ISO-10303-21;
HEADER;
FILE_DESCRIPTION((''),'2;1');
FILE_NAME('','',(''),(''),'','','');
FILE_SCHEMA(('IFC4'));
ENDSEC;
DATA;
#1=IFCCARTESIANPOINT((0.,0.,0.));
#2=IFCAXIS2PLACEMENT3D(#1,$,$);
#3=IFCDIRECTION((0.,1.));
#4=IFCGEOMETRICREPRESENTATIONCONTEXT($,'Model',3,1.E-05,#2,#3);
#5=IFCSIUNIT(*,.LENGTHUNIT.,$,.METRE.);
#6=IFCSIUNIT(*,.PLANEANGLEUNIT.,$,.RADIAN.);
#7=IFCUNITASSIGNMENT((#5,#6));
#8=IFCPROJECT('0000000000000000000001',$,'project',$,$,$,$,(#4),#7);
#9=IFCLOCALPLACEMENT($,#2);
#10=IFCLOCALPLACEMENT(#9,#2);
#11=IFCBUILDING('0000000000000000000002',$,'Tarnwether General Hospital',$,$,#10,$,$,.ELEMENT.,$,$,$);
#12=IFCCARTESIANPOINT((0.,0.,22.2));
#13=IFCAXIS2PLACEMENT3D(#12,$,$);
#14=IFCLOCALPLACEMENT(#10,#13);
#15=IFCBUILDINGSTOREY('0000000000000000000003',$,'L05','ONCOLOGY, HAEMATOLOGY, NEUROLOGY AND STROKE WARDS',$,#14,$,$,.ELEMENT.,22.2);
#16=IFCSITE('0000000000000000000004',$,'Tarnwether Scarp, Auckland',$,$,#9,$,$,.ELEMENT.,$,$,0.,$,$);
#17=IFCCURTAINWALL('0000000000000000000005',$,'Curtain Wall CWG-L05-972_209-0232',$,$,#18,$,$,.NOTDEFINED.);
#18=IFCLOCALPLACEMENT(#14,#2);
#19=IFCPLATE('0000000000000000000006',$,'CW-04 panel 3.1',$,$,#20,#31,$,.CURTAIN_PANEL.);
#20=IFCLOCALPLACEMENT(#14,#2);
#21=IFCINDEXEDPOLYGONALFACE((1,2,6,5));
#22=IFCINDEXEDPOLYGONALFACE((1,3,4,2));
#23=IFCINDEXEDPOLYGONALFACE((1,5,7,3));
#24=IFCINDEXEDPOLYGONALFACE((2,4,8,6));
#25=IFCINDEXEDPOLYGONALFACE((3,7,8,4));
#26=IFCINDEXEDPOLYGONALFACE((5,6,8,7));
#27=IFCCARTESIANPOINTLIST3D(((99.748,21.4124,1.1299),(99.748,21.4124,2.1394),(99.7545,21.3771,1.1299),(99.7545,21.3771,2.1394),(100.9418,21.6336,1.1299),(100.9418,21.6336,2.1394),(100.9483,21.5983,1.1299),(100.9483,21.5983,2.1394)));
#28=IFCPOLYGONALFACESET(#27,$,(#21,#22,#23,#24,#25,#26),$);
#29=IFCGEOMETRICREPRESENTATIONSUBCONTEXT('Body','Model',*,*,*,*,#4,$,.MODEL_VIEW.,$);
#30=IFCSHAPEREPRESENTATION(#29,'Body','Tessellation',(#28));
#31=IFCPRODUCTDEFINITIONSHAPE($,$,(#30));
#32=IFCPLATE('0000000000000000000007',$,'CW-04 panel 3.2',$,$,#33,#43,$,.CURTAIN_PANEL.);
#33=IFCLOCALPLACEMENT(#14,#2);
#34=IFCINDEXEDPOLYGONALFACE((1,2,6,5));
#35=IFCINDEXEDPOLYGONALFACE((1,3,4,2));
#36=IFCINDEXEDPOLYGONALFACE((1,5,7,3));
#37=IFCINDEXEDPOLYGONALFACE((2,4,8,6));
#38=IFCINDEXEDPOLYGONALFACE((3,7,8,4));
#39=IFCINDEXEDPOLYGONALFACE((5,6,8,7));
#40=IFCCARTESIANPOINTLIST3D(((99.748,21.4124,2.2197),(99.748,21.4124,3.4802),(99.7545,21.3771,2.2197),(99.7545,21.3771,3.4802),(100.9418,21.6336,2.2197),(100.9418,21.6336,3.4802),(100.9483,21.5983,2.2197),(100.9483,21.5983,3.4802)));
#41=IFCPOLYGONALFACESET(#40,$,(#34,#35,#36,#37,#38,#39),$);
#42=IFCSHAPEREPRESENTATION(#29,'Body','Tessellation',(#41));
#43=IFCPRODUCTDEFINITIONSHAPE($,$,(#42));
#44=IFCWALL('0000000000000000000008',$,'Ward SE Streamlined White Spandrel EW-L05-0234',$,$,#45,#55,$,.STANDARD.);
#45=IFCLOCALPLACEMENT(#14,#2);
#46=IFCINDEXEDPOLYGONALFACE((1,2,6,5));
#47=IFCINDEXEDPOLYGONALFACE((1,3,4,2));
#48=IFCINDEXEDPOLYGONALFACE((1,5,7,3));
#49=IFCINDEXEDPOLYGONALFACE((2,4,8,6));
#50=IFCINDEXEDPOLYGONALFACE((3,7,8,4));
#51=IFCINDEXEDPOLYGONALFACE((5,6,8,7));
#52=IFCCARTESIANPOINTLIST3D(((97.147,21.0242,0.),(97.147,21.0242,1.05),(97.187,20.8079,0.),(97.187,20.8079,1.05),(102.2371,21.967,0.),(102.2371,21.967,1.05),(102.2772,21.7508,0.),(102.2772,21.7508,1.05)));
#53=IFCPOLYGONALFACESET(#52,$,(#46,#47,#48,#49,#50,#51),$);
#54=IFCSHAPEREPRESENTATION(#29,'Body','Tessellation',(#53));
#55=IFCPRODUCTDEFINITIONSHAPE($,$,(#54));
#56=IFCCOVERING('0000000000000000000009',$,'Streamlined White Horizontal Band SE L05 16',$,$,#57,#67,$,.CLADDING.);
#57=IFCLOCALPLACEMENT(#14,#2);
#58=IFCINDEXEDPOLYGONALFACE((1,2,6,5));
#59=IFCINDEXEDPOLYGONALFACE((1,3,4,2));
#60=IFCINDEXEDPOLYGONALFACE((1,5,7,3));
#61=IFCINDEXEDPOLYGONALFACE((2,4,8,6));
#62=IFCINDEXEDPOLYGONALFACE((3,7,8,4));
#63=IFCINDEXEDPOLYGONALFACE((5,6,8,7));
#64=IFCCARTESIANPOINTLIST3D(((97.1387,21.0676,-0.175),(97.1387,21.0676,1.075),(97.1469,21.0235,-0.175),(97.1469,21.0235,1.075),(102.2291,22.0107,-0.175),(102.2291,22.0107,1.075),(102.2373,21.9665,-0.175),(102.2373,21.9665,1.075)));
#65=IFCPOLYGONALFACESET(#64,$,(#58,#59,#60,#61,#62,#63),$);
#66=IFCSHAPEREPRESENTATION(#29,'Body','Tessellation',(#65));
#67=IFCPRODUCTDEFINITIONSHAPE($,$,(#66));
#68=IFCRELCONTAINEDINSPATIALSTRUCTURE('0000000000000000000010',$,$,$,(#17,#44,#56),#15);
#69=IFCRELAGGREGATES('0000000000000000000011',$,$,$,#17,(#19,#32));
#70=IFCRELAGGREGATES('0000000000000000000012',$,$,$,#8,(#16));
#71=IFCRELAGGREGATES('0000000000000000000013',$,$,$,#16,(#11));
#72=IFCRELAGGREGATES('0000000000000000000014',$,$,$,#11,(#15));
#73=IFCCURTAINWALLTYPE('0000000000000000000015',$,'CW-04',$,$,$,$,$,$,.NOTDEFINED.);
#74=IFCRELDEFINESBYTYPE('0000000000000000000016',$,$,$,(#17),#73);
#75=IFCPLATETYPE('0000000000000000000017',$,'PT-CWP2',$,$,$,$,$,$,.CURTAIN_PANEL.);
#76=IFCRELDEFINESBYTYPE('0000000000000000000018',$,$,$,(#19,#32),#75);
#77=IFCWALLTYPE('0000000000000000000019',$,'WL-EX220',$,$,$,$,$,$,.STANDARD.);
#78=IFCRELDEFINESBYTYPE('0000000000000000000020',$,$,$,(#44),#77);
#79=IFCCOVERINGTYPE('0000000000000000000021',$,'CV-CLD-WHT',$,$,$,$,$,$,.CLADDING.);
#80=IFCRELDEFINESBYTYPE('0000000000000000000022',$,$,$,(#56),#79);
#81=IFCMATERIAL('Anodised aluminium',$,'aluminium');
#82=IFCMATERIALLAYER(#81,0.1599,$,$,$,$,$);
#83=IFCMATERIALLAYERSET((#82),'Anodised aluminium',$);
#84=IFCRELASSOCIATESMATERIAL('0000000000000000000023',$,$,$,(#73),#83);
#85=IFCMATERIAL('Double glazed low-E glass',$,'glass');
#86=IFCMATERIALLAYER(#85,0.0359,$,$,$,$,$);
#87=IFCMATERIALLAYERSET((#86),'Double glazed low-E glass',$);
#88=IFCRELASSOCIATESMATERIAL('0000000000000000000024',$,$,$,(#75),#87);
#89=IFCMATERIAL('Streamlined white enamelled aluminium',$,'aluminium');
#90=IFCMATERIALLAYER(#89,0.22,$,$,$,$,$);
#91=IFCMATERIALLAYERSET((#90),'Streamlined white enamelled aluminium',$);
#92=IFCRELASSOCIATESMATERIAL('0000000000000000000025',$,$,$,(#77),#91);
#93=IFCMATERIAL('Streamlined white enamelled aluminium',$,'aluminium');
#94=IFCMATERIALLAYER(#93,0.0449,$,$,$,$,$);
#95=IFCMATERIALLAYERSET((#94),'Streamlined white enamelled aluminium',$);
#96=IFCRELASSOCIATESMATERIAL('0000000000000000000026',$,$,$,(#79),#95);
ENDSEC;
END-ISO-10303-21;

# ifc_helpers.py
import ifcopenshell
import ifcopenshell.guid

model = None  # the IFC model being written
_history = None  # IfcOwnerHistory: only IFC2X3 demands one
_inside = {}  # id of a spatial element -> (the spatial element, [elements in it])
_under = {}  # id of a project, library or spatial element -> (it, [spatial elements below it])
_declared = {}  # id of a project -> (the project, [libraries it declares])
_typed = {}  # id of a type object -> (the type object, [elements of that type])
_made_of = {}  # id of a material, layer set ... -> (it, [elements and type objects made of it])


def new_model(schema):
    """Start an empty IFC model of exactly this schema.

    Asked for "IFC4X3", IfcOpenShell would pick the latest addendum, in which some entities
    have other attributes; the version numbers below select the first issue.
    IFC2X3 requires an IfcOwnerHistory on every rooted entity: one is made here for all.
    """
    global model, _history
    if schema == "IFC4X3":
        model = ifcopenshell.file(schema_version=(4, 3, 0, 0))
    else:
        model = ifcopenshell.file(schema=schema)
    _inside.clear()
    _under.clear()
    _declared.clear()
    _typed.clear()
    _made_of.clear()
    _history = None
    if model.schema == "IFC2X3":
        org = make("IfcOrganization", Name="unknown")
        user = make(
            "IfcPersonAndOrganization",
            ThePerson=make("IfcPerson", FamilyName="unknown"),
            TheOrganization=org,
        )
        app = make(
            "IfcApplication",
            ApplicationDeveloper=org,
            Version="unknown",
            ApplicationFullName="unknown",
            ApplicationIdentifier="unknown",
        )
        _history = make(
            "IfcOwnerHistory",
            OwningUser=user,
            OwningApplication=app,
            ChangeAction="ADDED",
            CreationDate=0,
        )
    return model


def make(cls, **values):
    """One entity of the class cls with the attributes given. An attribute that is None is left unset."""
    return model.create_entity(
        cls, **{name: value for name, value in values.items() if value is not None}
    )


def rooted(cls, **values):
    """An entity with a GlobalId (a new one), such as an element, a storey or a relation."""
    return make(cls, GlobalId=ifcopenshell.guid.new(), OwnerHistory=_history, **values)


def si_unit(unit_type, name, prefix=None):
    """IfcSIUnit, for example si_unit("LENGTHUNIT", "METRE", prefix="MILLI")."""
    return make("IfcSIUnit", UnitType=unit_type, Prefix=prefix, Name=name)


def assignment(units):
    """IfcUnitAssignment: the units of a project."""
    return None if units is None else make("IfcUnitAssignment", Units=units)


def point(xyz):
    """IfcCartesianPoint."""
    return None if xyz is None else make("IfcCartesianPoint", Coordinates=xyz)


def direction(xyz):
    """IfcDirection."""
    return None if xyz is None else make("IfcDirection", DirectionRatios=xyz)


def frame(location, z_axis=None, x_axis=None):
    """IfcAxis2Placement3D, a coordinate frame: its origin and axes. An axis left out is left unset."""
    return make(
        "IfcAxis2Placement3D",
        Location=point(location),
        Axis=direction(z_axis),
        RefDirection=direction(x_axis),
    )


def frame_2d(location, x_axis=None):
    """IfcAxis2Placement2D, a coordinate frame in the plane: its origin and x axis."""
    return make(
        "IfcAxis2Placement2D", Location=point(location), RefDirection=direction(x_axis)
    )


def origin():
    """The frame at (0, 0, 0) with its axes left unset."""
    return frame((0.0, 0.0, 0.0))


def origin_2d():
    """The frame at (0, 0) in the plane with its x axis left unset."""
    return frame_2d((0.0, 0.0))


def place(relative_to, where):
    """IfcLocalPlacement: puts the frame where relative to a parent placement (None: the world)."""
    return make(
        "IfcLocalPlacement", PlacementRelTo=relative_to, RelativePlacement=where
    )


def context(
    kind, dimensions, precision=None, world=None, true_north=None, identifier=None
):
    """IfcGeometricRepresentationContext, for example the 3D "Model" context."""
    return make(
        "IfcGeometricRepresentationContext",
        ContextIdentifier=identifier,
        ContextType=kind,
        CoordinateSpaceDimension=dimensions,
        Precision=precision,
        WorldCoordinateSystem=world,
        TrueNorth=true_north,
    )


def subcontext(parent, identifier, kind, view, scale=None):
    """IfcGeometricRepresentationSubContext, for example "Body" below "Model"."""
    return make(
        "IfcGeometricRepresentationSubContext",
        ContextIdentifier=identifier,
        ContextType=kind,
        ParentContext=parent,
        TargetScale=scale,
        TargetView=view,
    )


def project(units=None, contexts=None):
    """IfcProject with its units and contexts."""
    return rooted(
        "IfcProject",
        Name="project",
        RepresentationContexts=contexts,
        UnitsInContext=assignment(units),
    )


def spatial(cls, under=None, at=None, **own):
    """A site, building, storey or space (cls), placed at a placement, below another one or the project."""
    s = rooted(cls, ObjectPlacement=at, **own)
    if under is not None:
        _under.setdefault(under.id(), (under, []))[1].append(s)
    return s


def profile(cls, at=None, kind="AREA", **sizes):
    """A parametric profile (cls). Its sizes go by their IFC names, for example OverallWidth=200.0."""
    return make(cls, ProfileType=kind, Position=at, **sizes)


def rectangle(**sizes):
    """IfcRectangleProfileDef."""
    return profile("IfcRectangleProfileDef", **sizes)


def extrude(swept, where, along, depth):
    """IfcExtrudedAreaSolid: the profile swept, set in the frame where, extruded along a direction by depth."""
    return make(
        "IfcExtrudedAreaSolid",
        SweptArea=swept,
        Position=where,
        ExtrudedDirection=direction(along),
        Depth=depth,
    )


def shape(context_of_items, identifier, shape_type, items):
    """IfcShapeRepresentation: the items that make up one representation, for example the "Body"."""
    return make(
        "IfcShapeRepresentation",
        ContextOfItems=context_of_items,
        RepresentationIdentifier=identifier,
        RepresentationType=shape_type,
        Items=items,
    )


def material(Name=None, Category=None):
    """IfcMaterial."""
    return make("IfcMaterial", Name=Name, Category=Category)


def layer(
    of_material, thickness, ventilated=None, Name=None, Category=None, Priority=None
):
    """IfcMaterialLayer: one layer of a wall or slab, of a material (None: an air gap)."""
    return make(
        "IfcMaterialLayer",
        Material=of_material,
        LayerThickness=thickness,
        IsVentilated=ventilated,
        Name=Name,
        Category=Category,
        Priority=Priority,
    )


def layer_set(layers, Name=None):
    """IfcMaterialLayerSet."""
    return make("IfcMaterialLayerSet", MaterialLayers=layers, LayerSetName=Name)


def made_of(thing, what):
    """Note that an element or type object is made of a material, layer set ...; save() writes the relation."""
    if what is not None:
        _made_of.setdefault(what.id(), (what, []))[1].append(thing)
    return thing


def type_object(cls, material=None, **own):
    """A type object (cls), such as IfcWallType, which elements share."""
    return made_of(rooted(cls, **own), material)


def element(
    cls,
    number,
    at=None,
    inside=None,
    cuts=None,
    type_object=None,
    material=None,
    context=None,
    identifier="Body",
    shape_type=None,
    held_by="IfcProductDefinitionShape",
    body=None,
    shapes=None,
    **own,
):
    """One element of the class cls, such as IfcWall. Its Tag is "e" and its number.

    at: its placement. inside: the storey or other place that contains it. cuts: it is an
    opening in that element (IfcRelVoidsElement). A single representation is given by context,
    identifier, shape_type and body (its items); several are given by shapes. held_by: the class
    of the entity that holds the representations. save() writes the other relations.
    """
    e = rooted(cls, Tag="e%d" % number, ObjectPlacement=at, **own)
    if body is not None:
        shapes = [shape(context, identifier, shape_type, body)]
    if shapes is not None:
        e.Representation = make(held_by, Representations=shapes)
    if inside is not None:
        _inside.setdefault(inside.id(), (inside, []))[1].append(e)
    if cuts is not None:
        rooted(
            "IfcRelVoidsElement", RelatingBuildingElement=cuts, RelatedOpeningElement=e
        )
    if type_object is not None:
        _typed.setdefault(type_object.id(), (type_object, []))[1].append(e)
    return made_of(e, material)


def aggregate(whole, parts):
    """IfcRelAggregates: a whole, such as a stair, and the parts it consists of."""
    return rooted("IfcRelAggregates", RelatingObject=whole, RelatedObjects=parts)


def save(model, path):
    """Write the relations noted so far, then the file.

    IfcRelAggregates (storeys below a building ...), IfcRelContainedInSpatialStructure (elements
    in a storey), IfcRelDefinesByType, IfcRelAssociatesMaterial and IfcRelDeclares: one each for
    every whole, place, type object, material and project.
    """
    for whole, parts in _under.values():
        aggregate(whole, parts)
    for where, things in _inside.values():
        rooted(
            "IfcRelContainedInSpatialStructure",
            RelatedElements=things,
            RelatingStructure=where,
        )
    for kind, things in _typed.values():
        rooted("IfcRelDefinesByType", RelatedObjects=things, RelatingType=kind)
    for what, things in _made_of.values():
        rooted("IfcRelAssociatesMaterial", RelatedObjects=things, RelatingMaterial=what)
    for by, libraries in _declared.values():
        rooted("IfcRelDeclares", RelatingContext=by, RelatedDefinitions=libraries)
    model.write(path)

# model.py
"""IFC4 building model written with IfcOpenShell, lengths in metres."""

from ifc_helpers import new_model, si_unit, direction, frame, frame_2d, origin, origin_2d, place, context, subcontext, project, spatial, rectangle, extrude, material, layer, layer_set, type_object, element, aggregate, save


model = new_model("IFC4")

# Units and contexts
model_context = context("Model", 3, precision=1e-05, world=origin(), true_north=direction((0.0, 1.0)))
body_context = subcontext(model_context, "Body", "Model", "MODEL_VIEW")
ifc_project = project(units=[si_unit("LENGTHUNIT", "METRE"), si_unit("PLANEANGLEUNIT", "RADIAN")], contexts=[model_context])

# Site, building, storey
site_placement = place(None, origin())
site = spatial("IfcSite", under=ifc_project, at=site_placement, Name="Tarnwether Scarp, Auckland", CompositionType="ELEMENT", RefElevation=0.0)
building_placement = place(site_placement, origin())
building = spatial("IfcBuilding", under=site, at=building_placement, Name="Tarnwether General Hospital", CompositionType="ELEMENT")
storey_placement = place(building_placement, frame((0.0, 0.0, 22.2)))
storey = spatial("IfcBuildingStorey", under=building, at=storey_placement, Name="L05", Description="ONCOLOGY, HAEMATOLOGY, NEUROLOGY AND STROKE WARDS", CompositionType="ELEMENT", Elevation=22.2)

# Curtain wall
ifc_material_1 = material(Name="Anodised aluminium", Category="aluminium")
ifc_layer_1 = layer(ifc_material_1, 0.1599)
ifc_layer_set_1 = layer_set([ifc_layer_1], Name="Anodised aluminium")
curtain_wall_type = type_object("IfcCurtainWallType", Name="CW-04", PredefinedType="NOTDEFINED", material=ifc_layer_set_1)
curtain_wall_1_placement = place(storey_placement, origin())
curtain_wall_1 = element("IfcCurtainWall", 1, at=curtain_wall_1_placement, inside=storey, type_object=curtain_wall_type, Name="Curtain Wall CWG-L05-972_209-0232", PredefinedType="NOTDEFINED")

# Plates
ifc_material_2 = material(Name="Double glazed low-E glass", Category="glass")
ifc_layer_2 = layer(ifc_material_2, 0.0359)
ifc_layer_set_2 = layer_set([ifc_layer_2], Name="Double glazed low-E glass")
plate_type_1 = type_object("IfcPlateType", Name="PT-CWP2", PredefinedType="CURTAIN_PANEL", material=ifc_layer_set_2)
plate_1_placement = place(storey_placement, frame((100.3481, 21.5054, 1.1299), z_axis=(0.0, 0.0, 1.0), x_axis=(0.983268, 0.182165, 0.0)))
plate_1 = element("IfcPlate", 2, at=plate_1_placement, type_object=plate_type_1, Name="CW-04 panel 3.1", PredefinedType="CURTAIN_PANEL", context=body_context, shape_type="SweptSolid", body=[
    extrude(rectangle(XDim=1.2141, YDim=0.0359, at=origin_2d()), origin(), (0.0, 0.0, 1.0), 1.0095),
])
plate_2_placement = place(storey_placement, frame((100.3481, 21.5054, 2.2197), z_axis=(0.0, 0.0, 1.0), x_axis=(0.983268, 0.182165, 0.0)))
plate_2 = element("IfcPlate", 3, at=plate_2_placement, type_object=plate_type_1, Name="CW-04 panel 3.2", PredefinedType="CURTAIN_PANEL", context=body_context, shape_type="SweptSolid", body=[
    extrude(rectangle(XDim=1.2141, YDim=0.0359, at=origin_2d()), origin(), (0.0, 0.0, 1.0), 1.2605),
])
aggregate(curtain_wall_1, [plate_1, plate_2])

# Wall
ifc_material_3 = material(Name="Streamlined white enamelled aluminium", Category="aluminium")
ifc_layer_3 = layer(ifc_material_3, 0.22)
ifc_layer_set_3 = layer_set([ifc_layer_3], Name="Streamlined white enamelled aluminium")
wall_type = type_object("IfcWallType", Name="WL-EX220", PredefinedType="STANDARD", material=ifc_layer_set_3)
wall_placement = place(storey_placement, frame((97.167, 20.916, 0.0), z_axis=(0.0, 0.0, 1.0), x_axis=(0.983273, 0.182138, 0.0)))
element("IfcWall", 4, at=wall_placement, inside=storey, type_object=wall_type, Name="Ward SE Streamlined White Spandrel EW-L05-0234", PredefinedType="STANDARD", context=body_context, shape_type="SweptSolid", body=[
    extrude(rectangle(XDim=5.1768, YDim=0.22, at=frame_2d((2.5884, 0.0))), origin(), (0.0, 0.0, 1.0), 1.05),
])

# Covering
ifc_material_4 = material(Name="Streamlined white enamelled aluminium", Category="aluminium")
ifc_layer_4 = layer(ifc_material_4, 0.0449)
ifc_layer_set_4 = layer_set([ifc_layer_4], Name="Streamlined white enamelled aluminium")
covering_type = type_object("IfcCoveringType", Name="CV-CLD-WHT", PredefinedType="CLADDING", material=ifc_layer_set_4)
covering_placement = place(storey_placement, frame((99.688, 21.5171, -0.175), z_axis=(0.0, 0.0, 1.0), x_axis=(0.983268, 0.182167, 0.0)))
element("IfcCovering", 5, at=covering_placement, inside=storey, type_object=covering_type, Name="Streamlined White Horizontal Band SE L05 16", PredefinedType="CLADDING", context=body_context, shape_type="SweptSolid", body=[
    extrude(rectangle(XDim=5.177, YDim=0.0449, at=origin_2d()), origin(), (0.0, 0.0, 1.0), 1.25),
])

save(model, "model.ifc")
